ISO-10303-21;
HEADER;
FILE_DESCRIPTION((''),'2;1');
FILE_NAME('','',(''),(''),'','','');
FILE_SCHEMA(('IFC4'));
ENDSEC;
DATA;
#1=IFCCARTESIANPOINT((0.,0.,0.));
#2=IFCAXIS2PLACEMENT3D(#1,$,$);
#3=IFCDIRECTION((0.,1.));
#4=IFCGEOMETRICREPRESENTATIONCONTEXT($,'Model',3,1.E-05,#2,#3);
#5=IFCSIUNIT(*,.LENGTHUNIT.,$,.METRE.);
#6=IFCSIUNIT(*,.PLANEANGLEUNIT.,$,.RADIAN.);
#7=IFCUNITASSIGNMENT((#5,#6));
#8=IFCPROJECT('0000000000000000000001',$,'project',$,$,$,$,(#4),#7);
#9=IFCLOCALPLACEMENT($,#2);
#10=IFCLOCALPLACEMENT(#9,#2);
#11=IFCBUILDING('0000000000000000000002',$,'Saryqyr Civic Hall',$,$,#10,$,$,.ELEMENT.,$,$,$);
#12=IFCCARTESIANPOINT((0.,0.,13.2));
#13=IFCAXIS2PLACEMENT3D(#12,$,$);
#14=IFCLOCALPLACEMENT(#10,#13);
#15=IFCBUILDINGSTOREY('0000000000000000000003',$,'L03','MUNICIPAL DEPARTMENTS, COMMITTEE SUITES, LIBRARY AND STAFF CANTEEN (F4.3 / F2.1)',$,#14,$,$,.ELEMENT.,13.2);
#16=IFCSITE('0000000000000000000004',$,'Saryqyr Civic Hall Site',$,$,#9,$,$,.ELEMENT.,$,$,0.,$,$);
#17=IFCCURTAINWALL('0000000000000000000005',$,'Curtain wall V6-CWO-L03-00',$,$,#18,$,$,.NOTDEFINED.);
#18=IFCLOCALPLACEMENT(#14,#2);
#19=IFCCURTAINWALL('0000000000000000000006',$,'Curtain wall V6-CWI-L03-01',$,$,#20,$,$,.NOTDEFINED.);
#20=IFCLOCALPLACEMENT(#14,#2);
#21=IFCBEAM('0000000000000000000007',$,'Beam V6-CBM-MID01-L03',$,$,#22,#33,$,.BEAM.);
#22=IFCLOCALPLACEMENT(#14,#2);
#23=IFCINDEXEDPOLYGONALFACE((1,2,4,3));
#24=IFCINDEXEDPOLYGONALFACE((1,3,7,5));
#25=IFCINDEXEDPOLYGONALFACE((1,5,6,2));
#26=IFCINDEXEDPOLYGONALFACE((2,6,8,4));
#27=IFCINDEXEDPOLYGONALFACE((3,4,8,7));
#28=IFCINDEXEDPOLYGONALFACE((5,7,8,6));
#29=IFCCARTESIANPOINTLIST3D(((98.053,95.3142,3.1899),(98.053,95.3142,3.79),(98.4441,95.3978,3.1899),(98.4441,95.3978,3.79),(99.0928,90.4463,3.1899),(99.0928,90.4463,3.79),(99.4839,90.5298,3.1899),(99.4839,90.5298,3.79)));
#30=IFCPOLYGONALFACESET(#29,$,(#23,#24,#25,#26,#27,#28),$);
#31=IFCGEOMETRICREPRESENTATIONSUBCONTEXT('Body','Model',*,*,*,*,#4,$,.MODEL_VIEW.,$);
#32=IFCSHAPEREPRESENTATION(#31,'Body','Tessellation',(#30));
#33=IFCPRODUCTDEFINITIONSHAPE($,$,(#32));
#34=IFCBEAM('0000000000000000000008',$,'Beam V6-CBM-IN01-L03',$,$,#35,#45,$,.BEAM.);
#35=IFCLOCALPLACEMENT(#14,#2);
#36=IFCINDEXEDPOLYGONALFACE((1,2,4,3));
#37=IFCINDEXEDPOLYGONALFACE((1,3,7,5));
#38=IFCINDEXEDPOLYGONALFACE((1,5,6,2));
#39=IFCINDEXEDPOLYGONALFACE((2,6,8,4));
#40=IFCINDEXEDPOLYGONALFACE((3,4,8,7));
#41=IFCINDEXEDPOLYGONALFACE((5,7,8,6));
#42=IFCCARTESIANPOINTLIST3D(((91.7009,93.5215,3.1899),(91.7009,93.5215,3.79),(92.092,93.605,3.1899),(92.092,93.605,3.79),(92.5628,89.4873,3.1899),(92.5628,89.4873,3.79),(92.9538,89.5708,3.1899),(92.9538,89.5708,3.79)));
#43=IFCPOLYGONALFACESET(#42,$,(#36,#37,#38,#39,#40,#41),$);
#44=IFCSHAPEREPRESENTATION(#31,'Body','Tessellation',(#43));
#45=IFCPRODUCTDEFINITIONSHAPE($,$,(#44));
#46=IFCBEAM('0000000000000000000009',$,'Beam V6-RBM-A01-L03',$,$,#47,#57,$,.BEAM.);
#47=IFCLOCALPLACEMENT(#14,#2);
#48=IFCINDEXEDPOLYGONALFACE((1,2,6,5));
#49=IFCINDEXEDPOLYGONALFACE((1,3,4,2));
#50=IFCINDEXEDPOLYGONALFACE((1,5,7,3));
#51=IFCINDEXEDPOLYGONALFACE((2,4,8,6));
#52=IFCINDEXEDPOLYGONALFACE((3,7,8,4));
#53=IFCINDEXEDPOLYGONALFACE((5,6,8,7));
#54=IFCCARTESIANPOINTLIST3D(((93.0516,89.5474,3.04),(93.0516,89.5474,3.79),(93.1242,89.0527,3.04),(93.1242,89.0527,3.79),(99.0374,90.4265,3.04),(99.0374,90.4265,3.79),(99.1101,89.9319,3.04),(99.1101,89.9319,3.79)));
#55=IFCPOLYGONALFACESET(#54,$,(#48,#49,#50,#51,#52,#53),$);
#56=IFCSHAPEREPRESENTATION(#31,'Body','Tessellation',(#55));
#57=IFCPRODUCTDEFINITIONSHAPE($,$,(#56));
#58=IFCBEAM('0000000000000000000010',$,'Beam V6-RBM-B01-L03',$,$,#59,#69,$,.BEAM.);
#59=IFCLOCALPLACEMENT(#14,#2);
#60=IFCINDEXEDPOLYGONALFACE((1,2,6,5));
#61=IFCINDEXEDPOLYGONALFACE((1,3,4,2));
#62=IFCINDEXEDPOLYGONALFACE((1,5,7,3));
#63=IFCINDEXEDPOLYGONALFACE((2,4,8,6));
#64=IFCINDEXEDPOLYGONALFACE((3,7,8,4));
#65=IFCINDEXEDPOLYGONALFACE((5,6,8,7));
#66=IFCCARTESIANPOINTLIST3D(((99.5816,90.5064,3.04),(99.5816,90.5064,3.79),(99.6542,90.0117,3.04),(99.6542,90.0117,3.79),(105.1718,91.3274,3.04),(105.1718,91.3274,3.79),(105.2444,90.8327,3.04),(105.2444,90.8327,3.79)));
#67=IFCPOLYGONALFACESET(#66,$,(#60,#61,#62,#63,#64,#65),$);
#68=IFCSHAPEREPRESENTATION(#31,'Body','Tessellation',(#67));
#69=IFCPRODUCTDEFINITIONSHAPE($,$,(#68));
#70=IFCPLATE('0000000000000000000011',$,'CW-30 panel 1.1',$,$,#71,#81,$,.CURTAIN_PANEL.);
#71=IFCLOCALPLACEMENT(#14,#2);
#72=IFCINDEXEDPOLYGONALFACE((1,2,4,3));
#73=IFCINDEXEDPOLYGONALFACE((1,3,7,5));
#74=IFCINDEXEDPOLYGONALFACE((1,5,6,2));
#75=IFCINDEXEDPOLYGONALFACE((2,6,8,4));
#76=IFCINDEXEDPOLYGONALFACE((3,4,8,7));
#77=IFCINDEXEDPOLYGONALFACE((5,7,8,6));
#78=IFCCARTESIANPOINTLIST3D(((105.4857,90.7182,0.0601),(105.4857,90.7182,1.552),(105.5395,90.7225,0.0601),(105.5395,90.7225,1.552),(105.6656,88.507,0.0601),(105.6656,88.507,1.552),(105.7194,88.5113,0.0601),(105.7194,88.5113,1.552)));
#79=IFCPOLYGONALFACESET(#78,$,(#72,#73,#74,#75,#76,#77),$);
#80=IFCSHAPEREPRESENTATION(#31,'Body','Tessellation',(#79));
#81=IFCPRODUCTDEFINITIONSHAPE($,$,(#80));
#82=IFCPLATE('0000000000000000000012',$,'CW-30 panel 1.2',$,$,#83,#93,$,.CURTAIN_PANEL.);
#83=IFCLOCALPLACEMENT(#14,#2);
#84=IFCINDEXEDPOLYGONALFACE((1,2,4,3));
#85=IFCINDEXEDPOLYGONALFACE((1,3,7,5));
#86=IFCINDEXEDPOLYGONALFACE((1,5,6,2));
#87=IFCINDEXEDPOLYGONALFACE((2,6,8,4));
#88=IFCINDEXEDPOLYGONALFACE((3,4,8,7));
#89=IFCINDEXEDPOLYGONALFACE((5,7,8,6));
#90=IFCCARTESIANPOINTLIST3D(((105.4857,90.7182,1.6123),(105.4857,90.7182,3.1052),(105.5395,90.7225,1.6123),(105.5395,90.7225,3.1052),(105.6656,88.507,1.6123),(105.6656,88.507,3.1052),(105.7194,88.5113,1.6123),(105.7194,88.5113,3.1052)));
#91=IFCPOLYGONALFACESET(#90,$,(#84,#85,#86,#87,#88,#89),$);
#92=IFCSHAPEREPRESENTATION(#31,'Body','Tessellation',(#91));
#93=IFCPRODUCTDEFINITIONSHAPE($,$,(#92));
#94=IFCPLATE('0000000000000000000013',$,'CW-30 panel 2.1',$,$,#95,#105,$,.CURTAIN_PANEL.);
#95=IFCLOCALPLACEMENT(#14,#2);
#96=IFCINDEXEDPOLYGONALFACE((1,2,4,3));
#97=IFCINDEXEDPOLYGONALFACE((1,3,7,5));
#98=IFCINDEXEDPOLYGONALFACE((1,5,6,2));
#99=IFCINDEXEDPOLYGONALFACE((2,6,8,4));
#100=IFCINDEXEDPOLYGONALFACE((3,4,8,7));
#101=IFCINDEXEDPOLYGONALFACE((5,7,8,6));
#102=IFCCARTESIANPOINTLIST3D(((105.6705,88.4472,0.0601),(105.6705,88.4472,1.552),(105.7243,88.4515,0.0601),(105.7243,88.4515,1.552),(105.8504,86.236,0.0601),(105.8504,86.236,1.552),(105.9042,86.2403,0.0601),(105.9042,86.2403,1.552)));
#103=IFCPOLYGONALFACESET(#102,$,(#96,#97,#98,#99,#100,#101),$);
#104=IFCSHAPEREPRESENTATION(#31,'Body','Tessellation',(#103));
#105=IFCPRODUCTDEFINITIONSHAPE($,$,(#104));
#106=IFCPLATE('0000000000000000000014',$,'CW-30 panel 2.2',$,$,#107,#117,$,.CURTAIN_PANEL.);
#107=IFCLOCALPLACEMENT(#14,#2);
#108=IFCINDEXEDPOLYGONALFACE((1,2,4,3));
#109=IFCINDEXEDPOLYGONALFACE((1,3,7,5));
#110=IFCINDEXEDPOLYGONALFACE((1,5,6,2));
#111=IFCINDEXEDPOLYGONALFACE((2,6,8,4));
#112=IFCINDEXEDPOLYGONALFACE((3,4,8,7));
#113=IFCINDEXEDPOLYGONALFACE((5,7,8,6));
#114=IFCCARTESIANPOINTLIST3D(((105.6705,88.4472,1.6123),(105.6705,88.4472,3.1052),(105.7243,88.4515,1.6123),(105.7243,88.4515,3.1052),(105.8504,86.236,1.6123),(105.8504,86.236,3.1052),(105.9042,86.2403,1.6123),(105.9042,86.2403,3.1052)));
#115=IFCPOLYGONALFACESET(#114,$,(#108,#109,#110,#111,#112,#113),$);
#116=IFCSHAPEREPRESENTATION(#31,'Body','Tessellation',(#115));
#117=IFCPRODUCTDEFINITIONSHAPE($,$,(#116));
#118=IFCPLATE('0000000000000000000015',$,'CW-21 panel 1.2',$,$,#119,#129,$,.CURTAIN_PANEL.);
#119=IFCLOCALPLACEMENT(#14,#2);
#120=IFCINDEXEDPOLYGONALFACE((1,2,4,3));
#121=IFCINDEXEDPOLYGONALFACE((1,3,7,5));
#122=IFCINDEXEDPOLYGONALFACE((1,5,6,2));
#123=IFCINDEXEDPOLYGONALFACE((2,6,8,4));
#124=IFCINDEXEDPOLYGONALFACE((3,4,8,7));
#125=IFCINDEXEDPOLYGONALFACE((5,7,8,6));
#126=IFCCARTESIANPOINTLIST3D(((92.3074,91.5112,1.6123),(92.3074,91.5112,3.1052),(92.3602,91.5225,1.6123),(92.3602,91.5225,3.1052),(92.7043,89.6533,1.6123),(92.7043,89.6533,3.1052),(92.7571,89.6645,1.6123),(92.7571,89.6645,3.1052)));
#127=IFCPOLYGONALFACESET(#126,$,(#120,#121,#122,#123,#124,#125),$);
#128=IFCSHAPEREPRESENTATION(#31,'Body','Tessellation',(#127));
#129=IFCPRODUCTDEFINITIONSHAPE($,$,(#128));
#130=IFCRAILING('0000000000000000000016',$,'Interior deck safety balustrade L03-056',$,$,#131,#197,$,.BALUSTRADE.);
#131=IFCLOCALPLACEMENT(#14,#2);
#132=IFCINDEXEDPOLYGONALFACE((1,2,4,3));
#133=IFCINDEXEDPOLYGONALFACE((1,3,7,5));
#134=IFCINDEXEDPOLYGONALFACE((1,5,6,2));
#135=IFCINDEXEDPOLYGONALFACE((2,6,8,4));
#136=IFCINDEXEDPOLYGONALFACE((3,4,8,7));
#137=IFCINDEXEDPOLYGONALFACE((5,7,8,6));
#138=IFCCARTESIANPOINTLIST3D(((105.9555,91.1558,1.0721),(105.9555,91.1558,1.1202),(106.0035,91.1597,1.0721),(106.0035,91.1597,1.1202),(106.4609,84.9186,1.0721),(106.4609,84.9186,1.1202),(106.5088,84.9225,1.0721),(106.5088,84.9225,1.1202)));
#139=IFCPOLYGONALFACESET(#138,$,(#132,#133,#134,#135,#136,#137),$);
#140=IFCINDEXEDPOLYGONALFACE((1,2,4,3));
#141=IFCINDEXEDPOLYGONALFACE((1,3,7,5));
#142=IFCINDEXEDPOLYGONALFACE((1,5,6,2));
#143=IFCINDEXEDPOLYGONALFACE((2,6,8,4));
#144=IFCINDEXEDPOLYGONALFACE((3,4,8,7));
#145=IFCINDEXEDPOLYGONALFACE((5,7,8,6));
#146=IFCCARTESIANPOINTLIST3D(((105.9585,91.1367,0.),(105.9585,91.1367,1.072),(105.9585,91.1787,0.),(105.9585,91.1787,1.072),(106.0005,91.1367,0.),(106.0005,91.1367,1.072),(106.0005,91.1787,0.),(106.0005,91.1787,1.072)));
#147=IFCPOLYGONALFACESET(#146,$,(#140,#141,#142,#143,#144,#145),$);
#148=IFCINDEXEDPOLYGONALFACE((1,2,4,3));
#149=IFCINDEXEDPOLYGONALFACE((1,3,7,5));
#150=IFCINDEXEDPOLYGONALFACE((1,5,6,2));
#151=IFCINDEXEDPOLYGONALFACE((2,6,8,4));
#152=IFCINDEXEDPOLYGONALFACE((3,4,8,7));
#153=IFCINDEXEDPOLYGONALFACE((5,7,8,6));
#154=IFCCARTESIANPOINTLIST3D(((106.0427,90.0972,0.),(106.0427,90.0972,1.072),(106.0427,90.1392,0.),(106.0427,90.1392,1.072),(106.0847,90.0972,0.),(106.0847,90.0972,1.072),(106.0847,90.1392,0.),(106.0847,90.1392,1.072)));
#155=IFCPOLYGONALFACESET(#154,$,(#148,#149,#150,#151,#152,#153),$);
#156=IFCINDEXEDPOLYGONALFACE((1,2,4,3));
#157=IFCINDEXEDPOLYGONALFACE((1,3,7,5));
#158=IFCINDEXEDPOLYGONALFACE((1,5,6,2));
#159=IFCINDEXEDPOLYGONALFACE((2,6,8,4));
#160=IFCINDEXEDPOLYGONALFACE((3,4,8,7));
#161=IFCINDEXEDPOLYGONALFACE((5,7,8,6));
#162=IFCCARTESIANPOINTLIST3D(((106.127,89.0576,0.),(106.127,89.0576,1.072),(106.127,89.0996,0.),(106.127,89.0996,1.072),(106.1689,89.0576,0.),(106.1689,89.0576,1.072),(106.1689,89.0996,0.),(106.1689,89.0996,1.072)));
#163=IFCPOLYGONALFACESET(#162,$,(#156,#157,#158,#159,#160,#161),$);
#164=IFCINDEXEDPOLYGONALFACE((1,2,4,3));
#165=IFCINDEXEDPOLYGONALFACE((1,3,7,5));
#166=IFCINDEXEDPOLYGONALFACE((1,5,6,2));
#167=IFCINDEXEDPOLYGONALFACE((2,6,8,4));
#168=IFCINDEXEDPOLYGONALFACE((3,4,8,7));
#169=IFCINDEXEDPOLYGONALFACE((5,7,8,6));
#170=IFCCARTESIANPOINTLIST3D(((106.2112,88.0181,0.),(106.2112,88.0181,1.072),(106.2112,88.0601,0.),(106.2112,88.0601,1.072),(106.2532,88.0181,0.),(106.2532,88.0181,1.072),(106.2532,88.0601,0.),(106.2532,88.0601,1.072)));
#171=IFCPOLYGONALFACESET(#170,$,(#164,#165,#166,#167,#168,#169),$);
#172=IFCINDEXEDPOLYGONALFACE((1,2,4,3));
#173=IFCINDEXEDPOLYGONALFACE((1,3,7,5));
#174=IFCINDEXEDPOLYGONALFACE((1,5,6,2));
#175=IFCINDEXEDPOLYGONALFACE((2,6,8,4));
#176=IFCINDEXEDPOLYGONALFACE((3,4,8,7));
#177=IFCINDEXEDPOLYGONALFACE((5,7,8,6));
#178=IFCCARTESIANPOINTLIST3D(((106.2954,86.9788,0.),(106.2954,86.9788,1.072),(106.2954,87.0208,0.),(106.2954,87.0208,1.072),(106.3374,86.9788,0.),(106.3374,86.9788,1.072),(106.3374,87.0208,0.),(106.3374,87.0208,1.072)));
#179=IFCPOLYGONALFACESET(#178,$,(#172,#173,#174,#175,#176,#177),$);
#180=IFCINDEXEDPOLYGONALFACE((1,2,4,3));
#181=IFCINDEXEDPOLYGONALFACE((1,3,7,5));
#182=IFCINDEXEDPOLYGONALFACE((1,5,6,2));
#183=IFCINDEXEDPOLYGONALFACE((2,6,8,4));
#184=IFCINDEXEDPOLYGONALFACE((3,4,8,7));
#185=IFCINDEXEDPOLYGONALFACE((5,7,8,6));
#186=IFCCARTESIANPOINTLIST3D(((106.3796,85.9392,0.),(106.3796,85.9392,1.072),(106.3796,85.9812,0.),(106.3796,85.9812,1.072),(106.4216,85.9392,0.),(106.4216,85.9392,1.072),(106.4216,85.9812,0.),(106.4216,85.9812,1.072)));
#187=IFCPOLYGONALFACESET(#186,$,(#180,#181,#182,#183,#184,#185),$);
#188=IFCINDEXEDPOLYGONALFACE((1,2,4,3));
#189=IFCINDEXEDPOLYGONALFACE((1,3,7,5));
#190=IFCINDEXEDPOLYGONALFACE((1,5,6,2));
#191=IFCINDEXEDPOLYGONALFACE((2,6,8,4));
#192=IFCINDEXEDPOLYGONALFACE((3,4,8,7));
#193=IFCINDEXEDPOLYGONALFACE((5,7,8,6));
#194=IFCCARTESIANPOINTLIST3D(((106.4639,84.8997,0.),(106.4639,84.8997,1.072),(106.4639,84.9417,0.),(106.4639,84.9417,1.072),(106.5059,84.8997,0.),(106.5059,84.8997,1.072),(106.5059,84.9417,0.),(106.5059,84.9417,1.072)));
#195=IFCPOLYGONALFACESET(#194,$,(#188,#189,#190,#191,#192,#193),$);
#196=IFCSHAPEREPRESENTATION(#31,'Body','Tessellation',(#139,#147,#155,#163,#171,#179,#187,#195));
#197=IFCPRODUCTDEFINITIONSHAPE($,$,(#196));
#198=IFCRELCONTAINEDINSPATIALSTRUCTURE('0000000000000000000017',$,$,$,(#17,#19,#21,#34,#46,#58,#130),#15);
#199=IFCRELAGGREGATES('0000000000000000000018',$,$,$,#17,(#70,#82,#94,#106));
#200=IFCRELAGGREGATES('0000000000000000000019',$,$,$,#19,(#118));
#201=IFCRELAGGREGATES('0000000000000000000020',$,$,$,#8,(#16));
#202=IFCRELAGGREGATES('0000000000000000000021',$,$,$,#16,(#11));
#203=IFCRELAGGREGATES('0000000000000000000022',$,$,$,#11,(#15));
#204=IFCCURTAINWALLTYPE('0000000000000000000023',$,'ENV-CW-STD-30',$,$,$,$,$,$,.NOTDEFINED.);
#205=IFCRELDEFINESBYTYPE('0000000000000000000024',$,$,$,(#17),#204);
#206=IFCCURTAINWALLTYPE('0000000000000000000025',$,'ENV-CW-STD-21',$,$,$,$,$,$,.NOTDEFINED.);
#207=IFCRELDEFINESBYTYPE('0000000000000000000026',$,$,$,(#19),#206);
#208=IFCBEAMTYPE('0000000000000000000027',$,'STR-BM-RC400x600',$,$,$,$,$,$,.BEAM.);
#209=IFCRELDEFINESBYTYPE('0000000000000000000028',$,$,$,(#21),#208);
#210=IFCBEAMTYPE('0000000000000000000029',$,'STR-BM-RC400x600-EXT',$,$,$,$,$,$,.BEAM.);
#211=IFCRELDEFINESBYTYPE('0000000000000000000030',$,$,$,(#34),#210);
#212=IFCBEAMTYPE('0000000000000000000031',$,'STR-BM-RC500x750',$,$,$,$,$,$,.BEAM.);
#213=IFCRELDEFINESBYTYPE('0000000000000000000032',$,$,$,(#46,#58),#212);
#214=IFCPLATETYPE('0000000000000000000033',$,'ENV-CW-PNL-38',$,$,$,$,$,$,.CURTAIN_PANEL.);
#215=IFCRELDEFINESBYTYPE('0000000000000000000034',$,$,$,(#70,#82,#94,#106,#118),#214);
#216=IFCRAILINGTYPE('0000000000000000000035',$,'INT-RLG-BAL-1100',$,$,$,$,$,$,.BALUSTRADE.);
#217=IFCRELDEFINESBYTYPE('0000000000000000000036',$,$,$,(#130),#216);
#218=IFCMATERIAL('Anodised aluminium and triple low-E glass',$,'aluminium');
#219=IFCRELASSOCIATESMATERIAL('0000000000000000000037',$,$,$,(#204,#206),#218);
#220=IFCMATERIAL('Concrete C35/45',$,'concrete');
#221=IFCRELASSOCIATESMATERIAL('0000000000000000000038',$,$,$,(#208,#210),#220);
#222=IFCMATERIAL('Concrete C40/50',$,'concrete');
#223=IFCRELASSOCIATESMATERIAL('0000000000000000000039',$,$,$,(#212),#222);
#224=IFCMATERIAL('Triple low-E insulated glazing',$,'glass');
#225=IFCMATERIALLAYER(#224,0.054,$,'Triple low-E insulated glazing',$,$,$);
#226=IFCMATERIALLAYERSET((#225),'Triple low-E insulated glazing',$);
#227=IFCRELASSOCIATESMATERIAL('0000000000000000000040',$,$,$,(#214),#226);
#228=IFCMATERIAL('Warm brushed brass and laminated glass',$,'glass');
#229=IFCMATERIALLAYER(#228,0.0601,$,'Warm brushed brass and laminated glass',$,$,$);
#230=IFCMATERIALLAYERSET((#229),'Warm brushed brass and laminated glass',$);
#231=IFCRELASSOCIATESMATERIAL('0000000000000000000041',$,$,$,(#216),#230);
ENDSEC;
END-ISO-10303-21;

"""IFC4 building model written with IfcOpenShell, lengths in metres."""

from ifc_helpers import new_model, si_unit, direction, frame, origin, origin_2d, place, context, subcontext, project, spatial, rectangle, extrude, material, layer, layer_set, material_profile, profile_set, type_object, element, aggregate, save


model = new_model("IFC4")

# Units and contexts
model_context = context("Model", 3, precision=1e-05, world=origin(), true_north=direction((0.0, 1.0)))
body_context = subcontext(model_context, "Body", "Model", "MODEL_VIEW")
ifc_project = project(units=[si_unit("LENGTHUNIT", "METRE"), si_unit("PLANEANGLEUNIT", "RADIAN")], contexts=[model_context])

# Site, building, storey
site_placement = place(None, origin())
site = spatial("IfcSite", under=ifc_project, at=site_placement, Name="Saryqyr Civic Hall Site", CompositionType="ELEMENT", RefElevation=0.0)
building_placement = place(site_placement, origin())
building = spatial("IfcBuilding", under=site, at=building_placement, Name="Saryqyr Civic Hall", CompositionType="ELEMENT")
storey_placement = place(building_placement, frame((0.0, 0.0, 13.2)))
storey = spatial("IfcBuildingStorey", under=building, at=storey_placement, Name="L03", Description="MUNICIPAL DEPARTMENTS, COMMITTEE SUITES, LIBRARY AND STAFF CANTEEN (F4.3 / F2.1)", CompositionType="ELEMENT", Elevation=13.2)

# Shared definitions
ifc_material_1 = material(Name="Concrete C40/50", Category="concrete")

# Curtain wall
ifc_material_2 = material(Name="Anodised aluminium and triple low-E glass", Category="aluminium")
curtain_wall_type_1 = type_object("IfcCurtainWallType", Name="ENV-CW-STD-30", PredefinedType="NOTDEFINED", material=ifc_material_2)
curtain_wall_1_placement = place(storey_placement, origin())
curtain_wall_1 = element("IfcCurtainWall", 1, at=curtain_wall_1_placement, inside=storey, type_object=curtain_wall_type_1, Name="Curtain wall V6-CWO-L03-00", PredefinedType="NOTDEFINED")

# Curtain wall
curtain_wall_type_2 = type_object("IfcCurtainWallType", Name="ENV-CW-STD-21", PredefinedType="NOTDEFINED", material=ifc_material_2)
curtain_wall_2_placement = place(storey_placement, origin())
curtain_wall_2 = element("IfcCurtainWall", 2, at=curtain_wall_2_placement, inside=storey, type_object=curtain_wall_type_2, Name="Curtain wall V6-CWI-L03-01", PredefinedType="NOTDEFINED")

# Beams
ifc_material_3 = material(Name="Concrete C35/45", Category="concrete")
ifc_material_profile_1 = material_profile(ifc_material_3, rectangle(XDim=0.3999, YDim=0.6001, at=origin_2d()), Name="RC 400x600")
ifc_profile_set_1 = profile_set([ifc_material_profile_1], Name="Concrete C35/45")
beam_type_1 = type_object("IfcBeamType", Name="STR-BM-RC400x600", PredefinedType="BEAM", material=ifc_profile_set_1)
beam_1_placement = place(storey_placement, frame((99.2883, 90.488, 3.49), z_axis=(-0.208889, 0.977939, 0.0), x_axis=(-0.977939, -0.208889, 0.0)))
element("IfcBeam", 3, at=beam_1_placement, inside=storey, type_object=beam_type_1, Name="Beam V6-CBM-MID01-L03", PredefinedType="BEAM", context=body_context, shape_type="SweptSolid", body=[
    extrude(rectangle(XDim=0.3999, YDim=0.6001, at=origin_2d()), origin(), (0.0, 0.0, 1.0), 4.9778),
])
ifc_material_profile_2 = material_profile(ifc_material_3, rectangle(XDim=0.3999, YDim=0.6001, at=origin_2d()), Name="RC 400x600")
ifc_profile_set_2 = profile_set([ifc_material_profile_2], Name="Concrete C35/45")
beam_type_2 = type_object("IfcBeamType", Name="STR-BM-RC400x600-EXT", PredefinedType="BEAM", material=ifc_profile_set_2)
beam_2_placement = place(storey_placement, frame((92.7583, 89.5291, 3.49), z_axis=(-0.208915, 0.977934, 0.0), x_axis=(-0.977934, -0.208915, 0.0)))
element("IfcBeam", 4, at=beam_2_placement, inside=storey, type_object=beam_type_2, Name="Beam V6-CBM-IN01-L03", PredefinedType="BEAM", context=body_context, shape_type="SweptSolid", body=[
    extrude(rectangle(XDim=0.3999, YDim=0.6001, at=origin_2d()), origin(), (0.0, 0.0, 1.0), 4.1252),
])
ifc_material_profile_3 = material_profile(ifc_material_1, rectangle(XDim=0.5, YDim=0.75, at=origin_2d()), Name="RC 500x750")
ifc_profile_set_3 = profile_set([ifc_material_profile_3], Name="Concrete C40/50")
beam_type_3 = type_object("IfcBeamType", Name="STR-BM-RC500x750", PredefinedType="BEAM", material=ifc_profile_set_3)
beam_3_placement = place(storey_placement, frame((93.0879, 89.3, 3.415), z_axis=(0.989386, 0.145313, 0.0), x_axis=(-0.145313, 0.989386, 0.0)))
element("IfcBeam", 5, at=beam_3_placement, inside=storey, type_object=beam_type_3, Name="Beam V6-RBM-A01-L03", PredefinedType="BEAM", context=body_context, shape_type="SweptSolid", body=[
    extrude(rectangle(XDim=0.5, YDim=0.75, at=origin_2d()), origin(), (0.0, 0.0, 1.0), 6.05),
])
beam_4_placement = place(storey_placement, frame((99.6179, 90.259, 3.415), z_axis=(0.989385, 0.145316, 0.0), x_axis=(-0.145316, 0.989385, 0.0)))
element("IfcBeam", 6, at=beam_4_placement, inside=storey, type_object=beam_type_3, Name="Beam V6-RBM-B01-L03", PredefinedType="BEAM", context=body_context, shape_type="SweptSolid", body=[
    extrude(rectangle(XDim=0.5, YDim=0.75, at=origin_2d()), origin(), (0.0, 0.0, 1.0), 5.6501),
])

# Plates
ifc_material_4 = material(Name="Triple low-E insulated glazing", Category="glass")
ifc_layer_1 = layer(ifc_material_4, 0.054, Name="Triple low-E insulated glazing")
ifc_layer_set_1 = layer_set([ifc_layer_1], Name="Triple low-E insulated glazing")
plate_type = type_object("IfcPlateType", Name="ENV-CW-PNL-38", PredefinedType="CURTAIN_PANEL", material=ifc_layer_set_1)
plate_1_placement = place(storey_placement, frame((105.6025, 89.6147, 0.0601), z_axis=(0.0, 0.0, 1.0), x_axis=(0.081093, -0.996707, 0.0)))
plate_1 = element("IfcPlate", 7, at=plate_1_placement, type_object=plate_type, Name="CW-30 panel 1.1", PredefinedType="CURTAIN_PANEL", context=body_context, shape_type="SweptSolid", body=[
    extrude(rectangle(XDim=2.2185, YDim=0.054, at=origin_2d()), origin(), (0.0, 0.0, 1.0), 1.4919),
])
plate_2_placement = place(storey_placement, frame((105.6025, 89.6147, 1.6123), z_axis=(0.0, 0.0, 1.0), x_axis=(0.081093, -0.996707, 0.0)))
plate_2 = element("IfcPlate", 8, at=plate_2_placement, type_object=plate_type, Name="CW-30 panel 1.2", PredefinedType="CURTAIN_PANEL", context=body_context, shape_type="SweptSolid", body=[
    extrude(rectangle(XDim=2.2185, YDim=0.054, at=origin_2d()), origin(), (0.0, 0.0, 1.0), 1.4929),
])
plate_3_placement = place(storey_placement, frame((105.7874, 87.3438, 0.0601), z_axis=(0.0, 0.0, 1.0), x_axis=(0.081093, -0.996707, 0.0)))
plate_3 = element("IfcPlate", 9, at=plate_3_placement, type_object=plate_type, Name="CW-30 panel 2.1", PredefinedType="CURTAIN_PANEL", context=body_context, shape_type="SweptSolid", body=[
    extrude(rectangle(XDim=2.2185, YDim=0.054, at=origin_2d()), origin(), (0.0, 0.0, 1.0), 1.4919),
])
plate_4_placement = place(storey_placement, frame((105.7874, 87.3438, 1.6123), z_axis=(0.0, 0.0, 1.0), x_axis=(0.081093, -0.996707, 0.0)))
plate_4 = element("IfcPlate", 10, at=plate_4_placement, type_object=plate_type, Name="CW-30 panel 2.2", PredefinedType="CURTAIN_PANEL", context=body_context, shape_type="SweptSolid", body=[
    extrude(rectangle(XDim=2.2185, YDim=0.054, at=origin_2d()), origin(), (0.0, 0.0, 1.0), 1.4929),
])
aggregate(curtain_wall_1, [plate_1, plate_2, plate_3, plate_4])
plate_5_placement = place(storey_placement, frame((92.5322, 90.5879, 1.6123), z_axis=(0.0, 0.0, 1.0), x_axis=(-0.208899, 0.977937, 0.0)))
plate_5 = element("IfcPlate", 11, at=plate_5_placement, type_object=plate_type, Name="CW-21 panel 1.2", PredefinedType="CURTAIN_PANEL", context=body_context, shape_type="SweptSolid", body=[
    extrude(rectangle(XDim=1.8999, YDim=0.054, at=origin_2d()), origin(), (0.0, 0.0, 1.0), 1.4929),
])
aggregate(curtain_wall_2, [plate_5])

# Railing
ifc_material_5 = material(Name="Warm brushed brass and laminated glass", Category="glass")
ifc_layer_2 = layer(ifc_material_5, 0.0601, Name="Warm brushed brass and laminated glass")
ifc_layer_set_2 = layer_set([ifc_layer_2], Name="Warm brushed brass and laminated glass")
railing_type = type_object("IfcRailingType", Name="INT-RLG-BAL-1100", PredefinedType="BALUSTRADE", material=ifc_layer_set_2)
railing_placement = place(storey_placement, frame((105.9795, 91.1577, 0.0)))
element("IfcRailing", 12, at=railing_placement, inside=storey, type_object=railing_type, Name="Interior deck safety balustrade L03-056", PredefinedType="BALUSTRADE", context=body_context, shape_type="SweptSolid", body=[
    extrude(rectangle(XDim=0.0481, YDim=0.0481, at=origin_2d()), frame((0.0, 0.0, 1.0962), z_axis=(0.080762, -0.996733, 0.0), x_axis=(0.996733, 0.080762, 0.0)), (0.0, 0.0, 1.0), 6.2576),
    extrude(rectangle(XDim=0.042, YDim=0.042, at=origin_2d()), origin(), (0.0, 0.0, 1.0), 1.072),
    extrude(rectangle(XDim=0.042, YDim=0.042, at=origin_2d()), frame((0.0842, -1.0396, 0.0)), (0.0, 0.0, 1.0), 1.072),
    extrude(rectangle(XDim=0.042, YDim=0.042, at=origin_2d()), frame((0.1685, -2.0791, 0.0)), (0.0, 0.0, 1.0), 1.072),
    extrude(rectangle(XDim=0.042, YDim=0.042, at=origin_2d()), frame((0.2527, -3.1187, 0.0)), (0.0, 0.0, 1.0), 1.072),
    extrude(rectangle(XDim=0.042, YDim=0.042, at=origin_2d()), frame((0.3369, -4.158, 0.0)), (0.0, 0.0, 1.0), 1.072),
    extrude(rectangle(XDim=0.042, YDim=0.042, at=origin_2d()), frame((0.4211, -5.1975, 0.0)), (0.0, 0.0, 1.0), 1.072),
    extrude(rectangle(XDim=0.042, YDim=0.042, at=origin_2d()), frame((0.5054, -6.2371, 0.0)), (0.0, 0.0, 1.0), 1.072),
])

save(model, "model.ifc")
